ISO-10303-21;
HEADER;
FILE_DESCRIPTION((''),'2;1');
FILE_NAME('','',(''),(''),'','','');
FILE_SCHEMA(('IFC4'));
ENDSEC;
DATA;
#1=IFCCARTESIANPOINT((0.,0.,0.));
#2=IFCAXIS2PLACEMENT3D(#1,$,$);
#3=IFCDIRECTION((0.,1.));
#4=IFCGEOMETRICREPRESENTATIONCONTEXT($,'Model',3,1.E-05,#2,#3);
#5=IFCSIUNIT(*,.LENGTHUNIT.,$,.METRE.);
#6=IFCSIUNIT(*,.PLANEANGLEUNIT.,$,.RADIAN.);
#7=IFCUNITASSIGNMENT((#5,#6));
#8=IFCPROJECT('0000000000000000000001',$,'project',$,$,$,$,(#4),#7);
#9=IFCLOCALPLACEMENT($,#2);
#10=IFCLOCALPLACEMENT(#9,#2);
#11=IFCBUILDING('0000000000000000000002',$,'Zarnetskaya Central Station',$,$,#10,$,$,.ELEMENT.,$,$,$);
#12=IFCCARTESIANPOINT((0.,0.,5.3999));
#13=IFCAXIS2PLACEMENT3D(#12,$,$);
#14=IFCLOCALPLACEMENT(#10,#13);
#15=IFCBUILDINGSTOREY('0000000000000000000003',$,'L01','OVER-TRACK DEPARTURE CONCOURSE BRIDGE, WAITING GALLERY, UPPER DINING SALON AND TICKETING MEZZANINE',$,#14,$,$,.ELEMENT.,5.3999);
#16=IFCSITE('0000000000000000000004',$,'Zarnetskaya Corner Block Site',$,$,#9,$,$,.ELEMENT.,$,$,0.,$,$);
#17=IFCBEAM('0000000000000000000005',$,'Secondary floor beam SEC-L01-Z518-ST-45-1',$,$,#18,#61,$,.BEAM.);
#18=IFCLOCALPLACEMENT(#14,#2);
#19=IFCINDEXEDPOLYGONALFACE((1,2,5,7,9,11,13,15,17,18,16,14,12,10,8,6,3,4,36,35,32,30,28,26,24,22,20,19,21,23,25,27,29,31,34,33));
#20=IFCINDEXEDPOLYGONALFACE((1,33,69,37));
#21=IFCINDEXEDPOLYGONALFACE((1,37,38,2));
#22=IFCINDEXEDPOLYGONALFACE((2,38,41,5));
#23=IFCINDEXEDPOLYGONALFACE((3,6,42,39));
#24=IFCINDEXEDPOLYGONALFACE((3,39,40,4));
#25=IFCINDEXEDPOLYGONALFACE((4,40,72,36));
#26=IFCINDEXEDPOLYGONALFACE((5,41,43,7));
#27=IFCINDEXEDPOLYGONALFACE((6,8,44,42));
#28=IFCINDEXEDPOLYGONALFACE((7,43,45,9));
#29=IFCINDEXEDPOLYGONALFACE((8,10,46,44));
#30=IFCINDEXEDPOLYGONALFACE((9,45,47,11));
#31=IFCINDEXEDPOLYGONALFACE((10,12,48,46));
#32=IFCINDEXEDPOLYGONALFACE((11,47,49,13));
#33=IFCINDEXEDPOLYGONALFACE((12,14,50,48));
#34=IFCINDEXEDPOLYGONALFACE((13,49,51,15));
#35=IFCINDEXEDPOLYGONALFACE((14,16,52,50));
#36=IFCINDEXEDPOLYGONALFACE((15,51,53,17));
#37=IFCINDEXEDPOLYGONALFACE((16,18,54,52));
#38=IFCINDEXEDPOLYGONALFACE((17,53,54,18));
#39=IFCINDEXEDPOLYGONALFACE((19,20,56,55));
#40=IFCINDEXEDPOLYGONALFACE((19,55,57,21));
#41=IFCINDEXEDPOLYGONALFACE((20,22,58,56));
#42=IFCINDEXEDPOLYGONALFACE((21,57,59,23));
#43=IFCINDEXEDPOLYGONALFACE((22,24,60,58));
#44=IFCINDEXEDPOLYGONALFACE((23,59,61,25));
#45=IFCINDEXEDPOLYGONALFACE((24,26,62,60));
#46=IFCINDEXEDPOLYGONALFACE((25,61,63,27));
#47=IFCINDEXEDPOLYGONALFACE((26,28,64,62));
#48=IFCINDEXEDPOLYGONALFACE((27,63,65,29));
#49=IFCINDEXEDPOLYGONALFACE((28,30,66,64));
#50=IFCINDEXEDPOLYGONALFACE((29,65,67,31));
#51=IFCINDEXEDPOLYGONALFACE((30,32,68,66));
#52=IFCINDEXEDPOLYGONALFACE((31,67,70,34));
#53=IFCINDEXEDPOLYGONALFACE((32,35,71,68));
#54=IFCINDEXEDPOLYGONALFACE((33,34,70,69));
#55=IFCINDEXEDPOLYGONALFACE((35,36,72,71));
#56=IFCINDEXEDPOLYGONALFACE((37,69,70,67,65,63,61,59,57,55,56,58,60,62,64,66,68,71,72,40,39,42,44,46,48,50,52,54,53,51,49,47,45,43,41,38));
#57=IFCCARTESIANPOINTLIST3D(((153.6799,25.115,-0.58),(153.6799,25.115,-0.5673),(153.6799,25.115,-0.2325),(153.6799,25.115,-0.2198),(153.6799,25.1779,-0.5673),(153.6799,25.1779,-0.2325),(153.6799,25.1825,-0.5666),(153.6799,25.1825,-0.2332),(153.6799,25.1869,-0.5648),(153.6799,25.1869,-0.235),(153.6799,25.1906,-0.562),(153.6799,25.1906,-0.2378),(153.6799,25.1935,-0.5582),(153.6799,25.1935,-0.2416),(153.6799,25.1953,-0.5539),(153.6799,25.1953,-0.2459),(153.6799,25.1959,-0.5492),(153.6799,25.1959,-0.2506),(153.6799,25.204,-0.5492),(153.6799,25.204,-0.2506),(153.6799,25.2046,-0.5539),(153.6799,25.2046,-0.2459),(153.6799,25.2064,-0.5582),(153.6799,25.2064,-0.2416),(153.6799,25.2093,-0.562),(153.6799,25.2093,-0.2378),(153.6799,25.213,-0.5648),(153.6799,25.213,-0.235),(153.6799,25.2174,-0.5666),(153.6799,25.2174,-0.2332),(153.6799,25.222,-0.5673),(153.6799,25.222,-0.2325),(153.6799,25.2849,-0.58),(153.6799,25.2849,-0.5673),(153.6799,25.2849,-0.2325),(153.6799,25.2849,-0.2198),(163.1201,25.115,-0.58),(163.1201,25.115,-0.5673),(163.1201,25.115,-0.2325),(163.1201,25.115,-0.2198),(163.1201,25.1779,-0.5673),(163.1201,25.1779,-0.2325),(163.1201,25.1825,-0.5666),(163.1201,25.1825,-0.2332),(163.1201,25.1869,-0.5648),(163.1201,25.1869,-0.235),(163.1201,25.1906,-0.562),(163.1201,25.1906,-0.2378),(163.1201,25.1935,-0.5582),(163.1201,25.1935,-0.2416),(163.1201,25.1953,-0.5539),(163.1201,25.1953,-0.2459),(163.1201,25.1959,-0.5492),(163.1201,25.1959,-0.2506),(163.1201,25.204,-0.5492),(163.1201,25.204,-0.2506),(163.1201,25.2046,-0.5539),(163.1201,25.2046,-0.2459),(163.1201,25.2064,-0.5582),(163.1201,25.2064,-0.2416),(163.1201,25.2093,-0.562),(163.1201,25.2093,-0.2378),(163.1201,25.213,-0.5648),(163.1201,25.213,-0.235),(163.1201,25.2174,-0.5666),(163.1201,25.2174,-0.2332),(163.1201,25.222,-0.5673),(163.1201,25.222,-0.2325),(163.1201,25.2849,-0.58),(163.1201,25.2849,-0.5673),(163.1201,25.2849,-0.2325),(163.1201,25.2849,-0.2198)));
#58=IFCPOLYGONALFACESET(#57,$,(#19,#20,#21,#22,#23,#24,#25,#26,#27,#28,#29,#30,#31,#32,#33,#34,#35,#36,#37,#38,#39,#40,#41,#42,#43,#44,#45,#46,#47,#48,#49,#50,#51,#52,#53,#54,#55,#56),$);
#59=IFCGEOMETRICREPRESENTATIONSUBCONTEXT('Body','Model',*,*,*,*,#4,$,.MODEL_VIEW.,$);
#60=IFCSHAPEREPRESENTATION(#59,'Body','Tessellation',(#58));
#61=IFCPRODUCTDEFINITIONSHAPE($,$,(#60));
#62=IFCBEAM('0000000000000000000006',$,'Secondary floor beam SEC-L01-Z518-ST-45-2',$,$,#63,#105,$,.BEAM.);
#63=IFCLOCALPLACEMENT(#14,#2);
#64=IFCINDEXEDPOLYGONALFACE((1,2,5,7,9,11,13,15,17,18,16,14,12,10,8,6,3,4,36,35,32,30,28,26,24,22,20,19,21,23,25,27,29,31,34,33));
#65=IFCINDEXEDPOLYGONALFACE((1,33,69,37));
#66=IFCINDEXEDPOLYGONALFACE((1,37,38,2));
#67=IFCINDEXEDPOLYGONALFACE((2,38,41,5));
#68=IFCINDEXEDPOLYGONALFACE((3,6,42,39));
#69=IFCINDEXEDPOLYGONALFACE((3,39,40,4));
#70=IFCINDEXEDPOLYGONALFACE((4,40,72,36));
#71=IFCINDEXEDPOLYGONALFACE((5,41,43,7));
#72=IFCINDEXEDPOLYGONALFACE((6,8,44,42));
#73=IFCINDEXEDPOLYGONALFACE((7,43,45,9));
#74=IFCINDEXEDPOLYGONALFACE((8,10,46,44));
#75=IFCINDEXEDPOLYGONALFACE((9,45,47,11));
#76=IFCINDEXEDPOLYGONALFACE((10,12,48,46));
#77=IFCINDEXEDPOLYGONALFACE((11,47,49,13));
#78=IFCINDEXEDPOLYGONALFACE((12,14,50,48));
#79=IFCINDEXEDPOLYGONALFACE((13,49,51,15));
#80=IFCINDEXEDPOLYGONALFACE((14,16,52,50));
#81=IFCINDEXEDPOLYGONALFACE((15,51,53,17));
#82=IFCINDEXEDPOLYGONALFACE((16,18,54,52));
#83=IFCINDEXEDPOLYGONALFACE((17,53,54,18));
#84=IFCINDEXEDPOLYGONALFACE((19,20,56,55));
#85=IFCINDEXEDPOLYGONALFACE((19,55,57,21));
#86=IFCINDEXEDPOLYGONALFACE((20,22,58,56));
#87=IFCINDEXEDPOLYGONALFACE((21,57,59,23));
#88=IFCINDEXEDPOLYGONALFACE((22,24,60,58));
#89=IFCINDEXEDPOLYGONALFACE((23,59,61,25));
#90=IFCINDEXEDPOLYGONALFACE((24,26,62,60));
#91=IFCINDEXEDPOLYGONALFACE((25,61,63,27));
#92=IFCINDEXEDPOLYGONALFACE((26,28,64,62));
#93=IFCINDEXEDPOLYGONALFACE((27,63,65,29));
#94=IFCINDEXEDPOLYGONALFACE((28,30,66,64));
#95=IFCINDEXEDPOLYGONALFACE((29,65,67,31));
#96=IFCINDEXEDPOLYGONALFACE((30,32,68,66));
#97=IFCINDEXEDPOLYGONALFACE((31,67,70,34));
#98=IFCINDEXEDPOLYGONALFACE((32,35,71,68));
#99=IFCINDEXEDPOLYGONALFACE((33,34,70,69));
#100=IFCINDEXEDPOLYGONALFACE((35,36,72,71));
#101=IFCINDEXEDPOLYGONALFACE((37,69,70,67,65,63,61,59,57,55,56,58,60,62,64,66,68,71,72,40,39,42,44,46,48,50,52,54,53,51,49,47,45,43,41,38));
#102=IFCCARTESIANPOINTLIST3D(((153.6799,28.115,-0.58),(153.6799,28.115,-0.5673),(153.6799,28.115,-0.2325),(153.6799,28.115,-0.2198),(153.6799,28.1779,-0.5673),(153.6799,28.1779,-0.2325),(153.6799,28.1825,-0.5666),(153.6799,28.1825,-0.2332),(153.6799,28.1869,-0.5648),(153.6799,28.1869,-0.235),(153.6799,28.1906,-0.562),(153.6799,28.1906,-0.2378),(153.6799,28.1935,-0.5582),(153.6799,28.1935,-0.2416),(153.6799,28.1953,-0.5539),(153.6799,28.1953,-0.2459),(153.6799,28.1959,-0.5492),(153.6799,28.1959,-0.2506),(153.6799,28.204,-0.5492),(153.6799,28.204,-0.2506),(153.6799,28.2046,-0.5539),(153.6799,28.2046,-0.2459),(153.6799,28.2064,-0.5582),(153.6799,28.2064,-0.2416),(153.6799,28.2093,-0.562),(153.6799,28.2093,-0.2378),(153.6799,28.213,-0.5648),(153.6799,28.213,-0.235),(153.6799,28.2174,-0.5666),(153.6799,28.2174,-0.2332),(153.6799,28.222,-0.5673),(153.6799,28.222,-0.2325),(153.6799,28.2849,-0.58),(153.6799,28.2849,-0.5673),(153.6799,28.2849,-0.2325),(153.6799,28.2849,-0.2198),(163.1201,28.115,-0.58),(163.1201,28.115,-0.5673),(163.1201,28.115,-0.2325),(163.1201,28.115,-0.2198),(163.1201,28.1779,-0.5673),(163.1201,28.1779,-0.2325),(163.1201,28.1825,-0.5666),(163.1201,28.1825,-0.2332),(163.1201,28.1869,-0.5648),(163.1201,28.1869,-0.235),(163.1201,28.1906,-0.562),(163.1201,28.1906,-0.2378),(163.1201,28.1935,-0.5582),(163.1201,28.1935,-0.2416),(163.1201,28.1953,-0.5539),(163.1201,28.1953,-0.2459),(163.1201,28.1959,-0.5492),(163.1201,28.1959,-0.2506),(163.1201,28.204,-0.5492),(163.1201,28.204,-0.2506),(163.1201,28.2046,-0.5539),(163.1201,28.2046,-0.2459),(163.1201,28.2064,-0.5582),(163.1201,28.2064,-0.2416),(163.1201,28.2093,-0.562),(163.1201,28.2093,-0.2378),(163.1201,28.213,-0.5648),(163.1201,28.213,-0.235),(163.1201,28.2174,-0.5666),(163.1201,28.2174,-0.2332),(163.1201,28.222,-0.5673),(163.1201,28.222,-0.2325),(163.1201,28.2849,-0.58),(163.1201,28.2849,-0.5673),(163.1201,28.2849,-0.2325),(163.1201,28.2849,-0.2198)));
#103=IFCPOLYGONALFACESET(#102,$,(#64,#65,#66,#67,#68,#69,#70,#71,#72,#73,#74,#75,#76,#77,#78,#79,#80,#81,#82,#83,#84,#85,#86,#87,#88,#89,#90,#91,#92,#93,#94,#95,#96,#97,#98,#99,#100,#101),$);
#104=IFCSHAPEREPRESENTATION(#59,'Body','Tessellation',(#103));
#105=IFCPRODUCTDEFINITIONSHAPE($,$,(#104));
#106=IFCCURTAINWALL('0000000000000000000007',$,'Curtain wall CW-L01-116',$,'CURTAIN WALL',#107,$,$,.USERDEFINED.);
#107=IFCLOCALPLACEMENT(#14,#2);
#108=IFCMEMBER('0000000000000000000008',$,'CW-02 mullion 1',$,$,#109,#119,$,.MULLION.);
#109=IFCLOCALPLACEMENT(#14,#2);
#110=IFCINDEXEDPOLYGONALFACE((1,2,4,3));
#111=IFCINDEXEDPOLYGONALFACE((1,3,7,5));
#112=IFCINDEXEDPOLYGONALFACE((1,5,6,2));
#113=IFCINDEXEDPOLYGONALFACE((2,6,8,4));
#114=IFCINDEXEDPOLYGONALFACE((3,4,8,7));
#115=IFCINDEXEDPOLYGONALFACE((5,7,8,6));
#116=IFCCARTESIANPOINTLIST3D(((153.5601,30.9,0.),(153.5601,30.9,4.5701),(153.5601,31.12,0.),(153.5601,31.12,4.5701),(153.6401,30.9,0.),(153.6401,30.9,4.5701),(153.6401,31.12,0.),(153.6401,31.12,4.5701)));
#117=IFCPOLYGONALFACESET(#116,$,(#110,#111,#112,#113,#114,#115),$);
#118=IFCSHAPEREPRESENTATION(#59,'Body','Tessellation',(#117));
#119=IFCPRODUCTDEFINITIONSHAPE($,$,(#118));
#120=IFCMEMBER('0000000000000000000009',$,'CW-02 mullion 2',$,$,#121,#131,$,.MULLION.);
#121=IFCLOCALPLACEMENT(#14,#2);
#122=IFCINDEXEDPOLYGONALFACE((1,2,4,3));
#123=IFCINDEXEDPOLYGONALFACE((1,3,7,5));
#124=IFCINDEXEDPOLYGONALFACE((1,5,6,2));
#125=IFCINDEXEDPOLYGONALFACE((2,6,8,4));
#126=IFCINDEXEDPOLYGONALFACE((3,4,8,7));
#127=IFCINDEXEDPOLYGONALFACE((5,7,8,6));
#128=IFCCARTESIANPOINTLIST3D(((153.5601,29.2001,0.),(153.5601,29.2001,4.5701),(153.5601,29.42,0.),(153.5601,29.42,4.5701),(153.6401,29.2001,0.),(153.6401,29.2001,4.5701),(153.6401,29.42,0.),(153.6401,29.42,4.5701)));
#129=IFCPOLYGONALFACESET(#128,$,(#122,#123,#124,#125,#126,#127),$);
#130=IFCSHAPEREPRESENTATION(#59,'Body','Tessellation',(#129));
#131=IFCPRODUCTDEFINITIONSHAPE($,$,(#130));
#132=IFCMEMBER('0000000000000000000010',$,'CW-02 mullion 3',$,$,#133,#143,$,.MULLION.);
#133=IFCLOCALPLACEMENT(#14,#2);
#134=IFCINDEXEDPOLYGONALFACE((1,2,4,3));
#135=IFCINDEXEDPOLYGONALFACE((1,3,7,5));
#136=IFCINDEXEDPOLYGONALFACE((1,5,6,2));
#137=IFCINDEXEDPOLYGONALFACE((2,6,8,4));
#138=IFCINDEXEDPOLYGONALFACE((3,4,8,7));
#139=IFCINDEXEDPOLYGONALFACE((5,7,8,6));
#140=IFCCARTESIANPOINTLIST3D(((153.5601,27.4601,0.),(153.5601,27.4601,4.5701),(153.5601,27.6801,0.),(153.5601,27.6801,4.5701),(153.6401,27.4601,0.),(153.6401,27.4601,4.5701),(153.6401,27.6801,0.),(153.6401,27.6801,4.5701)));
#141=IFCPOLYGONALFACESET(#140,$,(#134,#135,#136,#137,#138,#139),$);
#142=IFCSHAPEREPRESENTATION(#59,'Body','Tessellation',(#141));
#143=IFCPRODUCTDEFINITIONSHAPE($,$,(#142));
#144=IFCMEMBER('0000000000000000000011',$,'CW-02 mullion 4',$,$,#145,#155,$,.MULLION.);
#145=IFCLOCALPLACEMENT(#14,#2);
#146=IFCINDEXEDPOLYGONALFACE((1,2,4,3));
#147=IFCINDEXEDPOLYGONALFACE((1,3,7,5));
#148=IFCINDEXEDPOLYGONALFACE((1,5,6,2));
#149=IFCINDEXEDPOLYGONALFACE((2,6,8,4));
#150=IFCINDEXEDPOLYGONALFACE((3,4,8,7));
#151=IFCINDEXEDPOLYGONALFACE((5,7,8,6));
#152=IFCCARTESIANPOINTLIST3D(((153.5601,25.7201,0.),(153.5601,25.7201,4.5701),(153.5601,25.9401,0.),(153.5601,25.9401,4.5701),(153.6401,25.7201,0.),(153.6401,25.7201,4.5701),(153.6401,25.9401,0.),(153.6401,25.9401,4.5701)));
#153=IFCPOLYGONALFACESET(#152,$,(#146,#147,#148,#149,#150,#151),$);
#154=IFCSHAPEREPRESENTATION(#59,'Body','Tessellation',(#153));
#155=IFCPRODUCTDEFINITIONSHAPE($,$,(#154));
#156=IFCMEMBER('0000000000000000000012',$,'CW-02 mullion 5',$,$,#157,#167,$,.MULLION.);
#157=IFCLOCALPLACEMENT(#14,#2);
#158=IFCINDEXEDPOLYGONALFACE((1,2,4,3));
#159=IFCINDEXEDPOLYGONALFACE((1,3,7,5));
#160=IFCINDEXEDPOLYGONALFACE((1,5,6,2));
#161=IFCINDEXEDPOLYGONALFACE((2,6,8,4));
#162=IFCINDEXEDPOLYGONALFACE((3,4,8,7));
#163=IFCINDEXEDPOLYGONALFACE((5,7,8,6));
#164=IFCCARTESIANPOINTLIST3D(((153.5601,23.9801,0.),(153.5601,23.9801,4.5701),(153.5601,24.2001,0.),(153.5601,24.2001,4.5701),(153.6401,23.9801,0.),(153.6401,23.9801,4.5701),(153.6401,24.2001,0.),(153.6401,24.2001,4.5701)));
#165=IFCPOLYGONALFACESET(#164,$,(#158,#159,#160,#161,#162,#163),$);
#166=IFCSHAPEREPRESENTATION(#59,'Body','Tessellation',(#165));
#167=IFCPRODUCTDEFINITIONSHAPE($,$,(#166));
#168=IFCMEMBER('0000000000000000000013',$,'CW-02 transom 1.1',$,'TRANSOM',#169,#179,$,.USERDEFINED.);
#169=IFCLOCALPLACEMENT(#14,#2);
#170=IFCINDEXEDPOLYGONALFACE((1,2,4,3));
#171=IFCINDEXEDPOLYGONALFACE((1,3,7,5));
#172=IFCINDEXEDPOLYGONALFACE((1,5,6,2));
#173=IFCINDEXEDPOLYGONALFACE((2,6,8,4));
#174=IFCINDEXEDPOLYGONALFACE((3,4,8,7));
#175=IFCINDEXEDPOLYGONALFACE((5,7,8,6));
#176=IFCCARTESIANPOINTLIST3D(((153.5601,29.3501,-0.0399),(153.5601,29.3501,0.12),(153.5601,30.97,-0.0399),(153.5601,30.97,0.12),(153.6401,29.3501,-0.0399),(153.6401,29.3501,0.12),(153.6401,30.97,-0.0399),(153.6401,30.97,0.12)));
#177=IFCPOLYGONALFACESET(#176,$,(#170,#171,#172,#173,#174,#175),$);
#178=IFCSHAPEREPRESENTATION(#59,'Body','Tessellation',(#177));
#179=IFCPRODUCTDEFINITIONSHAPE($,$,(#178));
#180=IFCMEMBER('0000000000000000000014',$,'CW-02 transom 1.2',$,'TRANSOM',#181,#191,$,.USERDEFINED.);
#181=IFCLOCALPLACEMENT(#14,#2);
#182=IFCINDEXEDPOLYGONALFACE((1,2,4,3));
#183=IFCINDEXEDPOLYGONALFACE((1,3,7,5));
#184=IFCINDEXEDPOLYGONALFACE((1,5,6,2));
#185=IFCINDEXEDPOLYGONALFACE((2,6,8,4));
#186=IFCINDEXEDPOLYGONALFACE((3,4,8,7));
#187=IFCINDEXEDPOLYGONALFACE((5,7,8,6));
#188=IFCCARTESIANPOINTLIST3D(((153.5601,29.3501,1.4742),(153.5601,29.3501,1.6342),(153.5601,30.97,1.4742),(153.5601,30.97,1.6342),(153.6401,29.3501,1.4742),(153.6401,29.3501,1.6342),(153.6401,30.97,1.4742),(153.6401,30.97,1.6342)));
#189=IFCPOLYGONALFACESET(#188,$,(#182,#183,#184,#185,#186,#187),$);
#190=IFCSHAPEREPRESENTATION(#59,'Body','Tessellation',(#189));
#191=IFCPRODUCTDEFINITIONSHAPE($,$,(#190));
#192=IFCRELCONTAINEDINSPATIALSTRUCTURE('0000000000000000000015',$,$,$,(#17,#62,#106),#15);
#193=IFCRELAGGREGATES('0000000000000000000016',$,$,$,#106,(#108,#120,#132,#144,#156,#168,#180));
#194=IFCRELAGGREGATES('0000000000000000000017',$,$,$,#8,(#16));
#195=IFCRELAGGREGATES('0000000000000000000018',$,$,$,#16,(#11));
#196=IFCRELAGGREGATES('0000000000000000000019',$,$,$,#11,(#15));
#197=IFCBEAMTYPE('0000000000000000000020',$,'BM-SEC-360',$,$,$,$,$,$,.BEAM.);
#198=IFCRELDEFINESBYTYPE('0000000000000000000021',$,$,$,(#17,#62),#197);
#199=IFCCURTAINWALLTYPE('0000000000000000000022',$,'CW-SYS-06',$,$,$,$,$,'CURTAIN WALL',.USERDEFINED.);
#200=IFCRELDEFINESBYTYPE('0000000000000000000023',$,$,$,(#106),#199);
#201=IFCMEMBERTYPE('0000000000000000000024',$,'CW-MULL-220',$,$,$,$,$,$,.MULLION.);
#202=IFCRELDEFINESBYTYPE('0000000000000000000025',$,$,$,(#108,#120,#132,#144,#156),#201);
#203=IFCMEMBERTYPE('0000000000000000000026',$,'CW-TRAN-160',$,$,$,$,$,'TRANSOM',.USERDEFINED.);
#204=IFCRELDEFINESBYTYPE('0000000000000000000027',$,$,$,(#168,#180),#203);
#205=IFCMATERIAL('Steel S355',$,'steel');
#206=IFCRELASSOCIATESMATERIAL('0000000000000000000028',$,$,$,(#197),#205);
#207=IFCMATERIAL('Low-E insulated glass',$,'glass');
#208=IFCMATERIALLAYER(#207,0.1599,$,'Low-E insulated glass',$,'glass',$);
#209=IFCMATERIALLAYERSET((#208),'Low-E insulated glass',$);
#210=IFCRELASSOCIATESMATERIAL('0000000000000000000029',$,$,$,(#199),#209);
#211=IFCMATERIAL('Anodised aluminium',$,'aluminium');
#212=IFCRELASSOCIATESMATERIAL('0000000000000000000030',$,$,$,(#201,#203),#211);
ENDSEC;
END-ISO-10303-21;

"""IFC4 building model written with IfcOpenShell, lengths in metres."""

from ifc_helpers import new_model, si_unit, direction, frame, origin, origin_2d, place, context, subcontext, project, spatial, rectangle, i_section, extrude, material, layer, layer_set, material_profile, profile_set, type_object, element, aggregate, save


model = new_model("IFC4")

# Units and contexts
model_context = context("Model", 3, precision=1e-05, world=origin(), true_north=direction((0.0, 1.0)))
body_context = subcontext(model_context, "Body", "Model", "MODEL_VIEW")
ifc_project = project(units=[si_unit("LENGTHUNIT", "METRE"), si_unit("PLANEANGLEUNIT", "RADIAN")], contexts=[model_context])

# Site, building, storey
site_placement = place(None, origin())
site = spatial("IfcSite", under=ifc_project, at=site_placement, Name="Zarnetskaya Corner Block Site", CompositionType="ELEMENT", RefElevation=0.0)
building_placement = place(site_placement, origin())
building = spatial("IfcBuilding", under=site, at=building_placement, Name="Zarnetskaya Central Station", CompositionType="ELEMENT")
storey_placement = place(building_placement, frame((0.0, 0.0, 5.3999)))
storey = spatial("IfcBuildingStorey", under=building, at=storey_placement, Name="L01", Description="OVER-TRACK DEPARTURE CONCOURSE BRIDGE, WAITING GALLERY, UPPER DINING SALON AND TICKETING MEZZANINE", CompositionType="ELEMENT", Elevation=5.3999)

# Beams
ifc_material_1 = material(Name="Steel S355", Category="steel")
ifc_material_profile_1 = material_profile(ifc_material_1, i_section(OverallWidth=0.1699, OverallDepth=0.3601, WebThickness=0.0081, FlangeThickness=0.0127, FilletRadius=0.0181, at=origin_2d()), Name="IPE 360")
ifc_profile_set_1 = profile_set([ifc_material_profile_1], Name="Steel S355")
beam_type = type_object("IfcBeamType", Name="BM-SEC-360", PredefinedType="BEAM", material=ifc_profile_set_1)
for number, where, z_axis, x_axis, name in (
    (1, (153.6799, 25.2, -0.3999), (1.0, 0.0, 0.0), (0.0, 1.0, 0.0), "Secondary floor beam SEC-L01-Z518-ST-45-1"),
    (2, (153.6799, 28.2, -0.3999), (1.0, 0.0, 0.0), (0.0, 1.0, 0.0), "Secondary floor beam SEC-L01-Z518-ST-45-2"),
):
    element("IfcBeam", number, at=place(storey_placement, frame(where, z_axis=z_axis, x_axis=x_axis)), inside=storey, type_object=beam_type, Name=name, PredefinedType="BEAM", context=body_context, shape_type="SweptSolid", body=[
        extrude(i_section(OverallWidth=0.1699, OverallDepth=0.3601, WebThickness=0.0081, FlangeThickness=0.0127, FilletRadius=0.0181, at=origin_2d()), origin(), (0.0, 0.0, 1.0), 9.4402),
    ])

# Curtain wall, members
ifc_material_2 = material(Name="Low-E insulated glass", Category="glass")
ifc_layer_1 = layer(ifc_material_2, 0.1599, Name="Low-E insulated glass", Category="glass")
ifc_layer_set_1 = layer_set([ifc_layer_1], Name="Low-E insulated glass")
curtain_wall_type = type_object("IfcCurtainWallType", Name="CW-SYS-06", ElementType="CURTAIN WALL", PredefinedType="USERDEFINED", material=ifc_layer_set_1)
curtain_wall_placement = place(storey_placement, origin())
curtain_wall = element("IfcCurtainWall", 3, at=curtain_wall_placement, inside=storey, type_object=curtain_wall_type, Name="Curtain wall CW-L01-116", ObjectType="CURTAIN WALL", PredefinedType="USERDEFINED")
ifc_material_3 = material(Name="Anodised aluminium", Category="aluminium")
ifc_material_profile_2 = material_profile(ifc_material_3, rectangle(XDim=0.0801, YDim=0.22, at=origin_2d()), Name="ALU MULL 80x220")
ifc_profile_set_2 = profile_set([ifc_material_profile_2], Name="Anodised aluminium")
member_type_1 = type_object("IfcMemberType", Name="CW-MULL-220", PredefinedType="MULLION", material=ifc_profile_set_2)
member_1_placement = place(storey_placement, frame((153.6001, 31.01, 0.0), z_axis=(0.0, 0.0, 1.0), x_axis=(1.0, 0.0, 0.0)))
member_1 = element("IfcMember", 4, at=member_1_placement, type_object=member_type_1, Name="CW-02 mullion 1", PredefinedType="MULLION", context=body_context, shape_type="SweptSolid", body=[
    extrude(rectangle(XDim=0.0801, YDim=0.22, at=origin_2d()), origin(), (0.0, 0.0, 1.0), 4.5701),
])
member_2_placement = place(storey_placement, frame((153.6001, 29.3101, 0.0), z_axis=(0.0, 0.0, 1.0), x_axis=(1.0, 0.0, 0.0)))
member_2 = element("IfcMember", 5, at=member_2_placement, type_object=member_type_1, Name="CW-02 mullion 2", PredefinedType="MULLION", context=body_context, shape_type="SweptSolid", body=[
    extrude(rectangle(XDim=0.0801, YDim=0.22, at=origin_2d()), origin(), (0.0, 0.0, 1.0), 4.5701),
])
member_3_placement = place(storey_placement, frame((153.6001, 27.5701, 0.0), z_axis=(0.0, 0.0, 1.0), x_axis=(1.0, 0.0, 0.0)))
member_3 = element("IfcMember", 6, at=member_3_placement, type_object=member_type_1, Name="CW-02 mullion 3", PredefinedType="MULLION", context=body_context, shape_type="SweptSolid", body=[
    extrude(rectangle(XDim=0.0801, YDim=0.22, at=origin_2d()), origin(), (0.0, 0.0, 1.0), 4.5701),
])
member_4_placement = place(storey_placement, frame((153.6001, 25.8301, 0.0), z_axis=(0.0, 0.0, 1.0), x_axis=(1.0, 0.0, 0.0)))
member_4 = element("IfcMember", 7, at=member_4_placement, type_object=member_type_1, Name="CW-02 mullion 4", PredefinedType="MULLION", context=body_context, shape_type="SweptSolid", body=[
    extrude(rectangle(XDim=0.0801, YDim=0.22, at=origin_2d()), origin(), (0.0, 0.0, 1.0), 4.5701),
])
member_5_placement = place(storey_placement, frame((153.6001, 24.0901, 0.0), z_axis=(0.0, 0.0, 1.0), x_axis=(1.0, 0.0, 0.0)))
member_5 = element("IfcMember", 8, at=member_5_placement, type_object=member_type_1, Name="CW-02 mullion 5", PredefinedType="MULLION", context=body_context, shape_type="SweptSolid", body=[
    extrude(rectangle(XDim=0.0801, YDim=0.22, at=origin_2d()), origin(), (0.0, 0.0, 1.0), 4.5701),
])
ifc_material_profile_3 = material_profile(ifc_material_3, rectangle(XDim=0.0801, YDim=0.1599, at=origin_2d()), Name="ALU TRAN 80x160")
ifc_profile_set_3 = profile_set([ifc_material_profile_3], Name="Anodised aluminium")
member_type_2 = type_object("IfcMemberType", Name="CW-TRAN-160", ElementType="TRANSOM", PredefinedType="USERDEFINED", material=ifc_profile_set_3)
member_6_placement = place(storey_placement, frame((153.6001, 30.97, 0.04), z_axis=(0.0, -1.0, 0.0), x_axis=(1.0, 0.0, 0.0)))
member_6 = element("IfcMember", 9, at=member_6_placement, type_object=member_type_2, Name="CW-02 transom 1.1", ObjectType="TRANSOM", PredefinedType="USERDEFINED", context=body_context, shape_type="SweptSolid", body=[
    extrude(rectangle(XDim=0.0801, YDim=0.1599, at=origin_2d()), origin(), (0.0, 0.0, 1.0), 1.6199),
])
member_7_placement = place(storey_placement, frame((153.6001, 30.97, 1.5542), z_axis=(0.0, -1.0, 0.0), x_axis=(1.0, 0.0, 0.0)))
member_7 = element("IfcMember", 10, at=member_7_placement, type_object=member_type_2, Name="CW-02 transom 1.2", ObjectType="TRANSOM", PredefinedType="USERDEFINED", context=body_context, shape_type="SweptSolid", body=[
    extrude(rectangle(XDim=0.0801, YDim=0.1599, at=origin_2d()), origin(), (0.0, 0.0, 1.0), 1.6199),
])
aggregate(curtain_wall, [member_1, member_2, member_3, member_4, member_5, member_6, member_7])

save(model, "model.ifc")
